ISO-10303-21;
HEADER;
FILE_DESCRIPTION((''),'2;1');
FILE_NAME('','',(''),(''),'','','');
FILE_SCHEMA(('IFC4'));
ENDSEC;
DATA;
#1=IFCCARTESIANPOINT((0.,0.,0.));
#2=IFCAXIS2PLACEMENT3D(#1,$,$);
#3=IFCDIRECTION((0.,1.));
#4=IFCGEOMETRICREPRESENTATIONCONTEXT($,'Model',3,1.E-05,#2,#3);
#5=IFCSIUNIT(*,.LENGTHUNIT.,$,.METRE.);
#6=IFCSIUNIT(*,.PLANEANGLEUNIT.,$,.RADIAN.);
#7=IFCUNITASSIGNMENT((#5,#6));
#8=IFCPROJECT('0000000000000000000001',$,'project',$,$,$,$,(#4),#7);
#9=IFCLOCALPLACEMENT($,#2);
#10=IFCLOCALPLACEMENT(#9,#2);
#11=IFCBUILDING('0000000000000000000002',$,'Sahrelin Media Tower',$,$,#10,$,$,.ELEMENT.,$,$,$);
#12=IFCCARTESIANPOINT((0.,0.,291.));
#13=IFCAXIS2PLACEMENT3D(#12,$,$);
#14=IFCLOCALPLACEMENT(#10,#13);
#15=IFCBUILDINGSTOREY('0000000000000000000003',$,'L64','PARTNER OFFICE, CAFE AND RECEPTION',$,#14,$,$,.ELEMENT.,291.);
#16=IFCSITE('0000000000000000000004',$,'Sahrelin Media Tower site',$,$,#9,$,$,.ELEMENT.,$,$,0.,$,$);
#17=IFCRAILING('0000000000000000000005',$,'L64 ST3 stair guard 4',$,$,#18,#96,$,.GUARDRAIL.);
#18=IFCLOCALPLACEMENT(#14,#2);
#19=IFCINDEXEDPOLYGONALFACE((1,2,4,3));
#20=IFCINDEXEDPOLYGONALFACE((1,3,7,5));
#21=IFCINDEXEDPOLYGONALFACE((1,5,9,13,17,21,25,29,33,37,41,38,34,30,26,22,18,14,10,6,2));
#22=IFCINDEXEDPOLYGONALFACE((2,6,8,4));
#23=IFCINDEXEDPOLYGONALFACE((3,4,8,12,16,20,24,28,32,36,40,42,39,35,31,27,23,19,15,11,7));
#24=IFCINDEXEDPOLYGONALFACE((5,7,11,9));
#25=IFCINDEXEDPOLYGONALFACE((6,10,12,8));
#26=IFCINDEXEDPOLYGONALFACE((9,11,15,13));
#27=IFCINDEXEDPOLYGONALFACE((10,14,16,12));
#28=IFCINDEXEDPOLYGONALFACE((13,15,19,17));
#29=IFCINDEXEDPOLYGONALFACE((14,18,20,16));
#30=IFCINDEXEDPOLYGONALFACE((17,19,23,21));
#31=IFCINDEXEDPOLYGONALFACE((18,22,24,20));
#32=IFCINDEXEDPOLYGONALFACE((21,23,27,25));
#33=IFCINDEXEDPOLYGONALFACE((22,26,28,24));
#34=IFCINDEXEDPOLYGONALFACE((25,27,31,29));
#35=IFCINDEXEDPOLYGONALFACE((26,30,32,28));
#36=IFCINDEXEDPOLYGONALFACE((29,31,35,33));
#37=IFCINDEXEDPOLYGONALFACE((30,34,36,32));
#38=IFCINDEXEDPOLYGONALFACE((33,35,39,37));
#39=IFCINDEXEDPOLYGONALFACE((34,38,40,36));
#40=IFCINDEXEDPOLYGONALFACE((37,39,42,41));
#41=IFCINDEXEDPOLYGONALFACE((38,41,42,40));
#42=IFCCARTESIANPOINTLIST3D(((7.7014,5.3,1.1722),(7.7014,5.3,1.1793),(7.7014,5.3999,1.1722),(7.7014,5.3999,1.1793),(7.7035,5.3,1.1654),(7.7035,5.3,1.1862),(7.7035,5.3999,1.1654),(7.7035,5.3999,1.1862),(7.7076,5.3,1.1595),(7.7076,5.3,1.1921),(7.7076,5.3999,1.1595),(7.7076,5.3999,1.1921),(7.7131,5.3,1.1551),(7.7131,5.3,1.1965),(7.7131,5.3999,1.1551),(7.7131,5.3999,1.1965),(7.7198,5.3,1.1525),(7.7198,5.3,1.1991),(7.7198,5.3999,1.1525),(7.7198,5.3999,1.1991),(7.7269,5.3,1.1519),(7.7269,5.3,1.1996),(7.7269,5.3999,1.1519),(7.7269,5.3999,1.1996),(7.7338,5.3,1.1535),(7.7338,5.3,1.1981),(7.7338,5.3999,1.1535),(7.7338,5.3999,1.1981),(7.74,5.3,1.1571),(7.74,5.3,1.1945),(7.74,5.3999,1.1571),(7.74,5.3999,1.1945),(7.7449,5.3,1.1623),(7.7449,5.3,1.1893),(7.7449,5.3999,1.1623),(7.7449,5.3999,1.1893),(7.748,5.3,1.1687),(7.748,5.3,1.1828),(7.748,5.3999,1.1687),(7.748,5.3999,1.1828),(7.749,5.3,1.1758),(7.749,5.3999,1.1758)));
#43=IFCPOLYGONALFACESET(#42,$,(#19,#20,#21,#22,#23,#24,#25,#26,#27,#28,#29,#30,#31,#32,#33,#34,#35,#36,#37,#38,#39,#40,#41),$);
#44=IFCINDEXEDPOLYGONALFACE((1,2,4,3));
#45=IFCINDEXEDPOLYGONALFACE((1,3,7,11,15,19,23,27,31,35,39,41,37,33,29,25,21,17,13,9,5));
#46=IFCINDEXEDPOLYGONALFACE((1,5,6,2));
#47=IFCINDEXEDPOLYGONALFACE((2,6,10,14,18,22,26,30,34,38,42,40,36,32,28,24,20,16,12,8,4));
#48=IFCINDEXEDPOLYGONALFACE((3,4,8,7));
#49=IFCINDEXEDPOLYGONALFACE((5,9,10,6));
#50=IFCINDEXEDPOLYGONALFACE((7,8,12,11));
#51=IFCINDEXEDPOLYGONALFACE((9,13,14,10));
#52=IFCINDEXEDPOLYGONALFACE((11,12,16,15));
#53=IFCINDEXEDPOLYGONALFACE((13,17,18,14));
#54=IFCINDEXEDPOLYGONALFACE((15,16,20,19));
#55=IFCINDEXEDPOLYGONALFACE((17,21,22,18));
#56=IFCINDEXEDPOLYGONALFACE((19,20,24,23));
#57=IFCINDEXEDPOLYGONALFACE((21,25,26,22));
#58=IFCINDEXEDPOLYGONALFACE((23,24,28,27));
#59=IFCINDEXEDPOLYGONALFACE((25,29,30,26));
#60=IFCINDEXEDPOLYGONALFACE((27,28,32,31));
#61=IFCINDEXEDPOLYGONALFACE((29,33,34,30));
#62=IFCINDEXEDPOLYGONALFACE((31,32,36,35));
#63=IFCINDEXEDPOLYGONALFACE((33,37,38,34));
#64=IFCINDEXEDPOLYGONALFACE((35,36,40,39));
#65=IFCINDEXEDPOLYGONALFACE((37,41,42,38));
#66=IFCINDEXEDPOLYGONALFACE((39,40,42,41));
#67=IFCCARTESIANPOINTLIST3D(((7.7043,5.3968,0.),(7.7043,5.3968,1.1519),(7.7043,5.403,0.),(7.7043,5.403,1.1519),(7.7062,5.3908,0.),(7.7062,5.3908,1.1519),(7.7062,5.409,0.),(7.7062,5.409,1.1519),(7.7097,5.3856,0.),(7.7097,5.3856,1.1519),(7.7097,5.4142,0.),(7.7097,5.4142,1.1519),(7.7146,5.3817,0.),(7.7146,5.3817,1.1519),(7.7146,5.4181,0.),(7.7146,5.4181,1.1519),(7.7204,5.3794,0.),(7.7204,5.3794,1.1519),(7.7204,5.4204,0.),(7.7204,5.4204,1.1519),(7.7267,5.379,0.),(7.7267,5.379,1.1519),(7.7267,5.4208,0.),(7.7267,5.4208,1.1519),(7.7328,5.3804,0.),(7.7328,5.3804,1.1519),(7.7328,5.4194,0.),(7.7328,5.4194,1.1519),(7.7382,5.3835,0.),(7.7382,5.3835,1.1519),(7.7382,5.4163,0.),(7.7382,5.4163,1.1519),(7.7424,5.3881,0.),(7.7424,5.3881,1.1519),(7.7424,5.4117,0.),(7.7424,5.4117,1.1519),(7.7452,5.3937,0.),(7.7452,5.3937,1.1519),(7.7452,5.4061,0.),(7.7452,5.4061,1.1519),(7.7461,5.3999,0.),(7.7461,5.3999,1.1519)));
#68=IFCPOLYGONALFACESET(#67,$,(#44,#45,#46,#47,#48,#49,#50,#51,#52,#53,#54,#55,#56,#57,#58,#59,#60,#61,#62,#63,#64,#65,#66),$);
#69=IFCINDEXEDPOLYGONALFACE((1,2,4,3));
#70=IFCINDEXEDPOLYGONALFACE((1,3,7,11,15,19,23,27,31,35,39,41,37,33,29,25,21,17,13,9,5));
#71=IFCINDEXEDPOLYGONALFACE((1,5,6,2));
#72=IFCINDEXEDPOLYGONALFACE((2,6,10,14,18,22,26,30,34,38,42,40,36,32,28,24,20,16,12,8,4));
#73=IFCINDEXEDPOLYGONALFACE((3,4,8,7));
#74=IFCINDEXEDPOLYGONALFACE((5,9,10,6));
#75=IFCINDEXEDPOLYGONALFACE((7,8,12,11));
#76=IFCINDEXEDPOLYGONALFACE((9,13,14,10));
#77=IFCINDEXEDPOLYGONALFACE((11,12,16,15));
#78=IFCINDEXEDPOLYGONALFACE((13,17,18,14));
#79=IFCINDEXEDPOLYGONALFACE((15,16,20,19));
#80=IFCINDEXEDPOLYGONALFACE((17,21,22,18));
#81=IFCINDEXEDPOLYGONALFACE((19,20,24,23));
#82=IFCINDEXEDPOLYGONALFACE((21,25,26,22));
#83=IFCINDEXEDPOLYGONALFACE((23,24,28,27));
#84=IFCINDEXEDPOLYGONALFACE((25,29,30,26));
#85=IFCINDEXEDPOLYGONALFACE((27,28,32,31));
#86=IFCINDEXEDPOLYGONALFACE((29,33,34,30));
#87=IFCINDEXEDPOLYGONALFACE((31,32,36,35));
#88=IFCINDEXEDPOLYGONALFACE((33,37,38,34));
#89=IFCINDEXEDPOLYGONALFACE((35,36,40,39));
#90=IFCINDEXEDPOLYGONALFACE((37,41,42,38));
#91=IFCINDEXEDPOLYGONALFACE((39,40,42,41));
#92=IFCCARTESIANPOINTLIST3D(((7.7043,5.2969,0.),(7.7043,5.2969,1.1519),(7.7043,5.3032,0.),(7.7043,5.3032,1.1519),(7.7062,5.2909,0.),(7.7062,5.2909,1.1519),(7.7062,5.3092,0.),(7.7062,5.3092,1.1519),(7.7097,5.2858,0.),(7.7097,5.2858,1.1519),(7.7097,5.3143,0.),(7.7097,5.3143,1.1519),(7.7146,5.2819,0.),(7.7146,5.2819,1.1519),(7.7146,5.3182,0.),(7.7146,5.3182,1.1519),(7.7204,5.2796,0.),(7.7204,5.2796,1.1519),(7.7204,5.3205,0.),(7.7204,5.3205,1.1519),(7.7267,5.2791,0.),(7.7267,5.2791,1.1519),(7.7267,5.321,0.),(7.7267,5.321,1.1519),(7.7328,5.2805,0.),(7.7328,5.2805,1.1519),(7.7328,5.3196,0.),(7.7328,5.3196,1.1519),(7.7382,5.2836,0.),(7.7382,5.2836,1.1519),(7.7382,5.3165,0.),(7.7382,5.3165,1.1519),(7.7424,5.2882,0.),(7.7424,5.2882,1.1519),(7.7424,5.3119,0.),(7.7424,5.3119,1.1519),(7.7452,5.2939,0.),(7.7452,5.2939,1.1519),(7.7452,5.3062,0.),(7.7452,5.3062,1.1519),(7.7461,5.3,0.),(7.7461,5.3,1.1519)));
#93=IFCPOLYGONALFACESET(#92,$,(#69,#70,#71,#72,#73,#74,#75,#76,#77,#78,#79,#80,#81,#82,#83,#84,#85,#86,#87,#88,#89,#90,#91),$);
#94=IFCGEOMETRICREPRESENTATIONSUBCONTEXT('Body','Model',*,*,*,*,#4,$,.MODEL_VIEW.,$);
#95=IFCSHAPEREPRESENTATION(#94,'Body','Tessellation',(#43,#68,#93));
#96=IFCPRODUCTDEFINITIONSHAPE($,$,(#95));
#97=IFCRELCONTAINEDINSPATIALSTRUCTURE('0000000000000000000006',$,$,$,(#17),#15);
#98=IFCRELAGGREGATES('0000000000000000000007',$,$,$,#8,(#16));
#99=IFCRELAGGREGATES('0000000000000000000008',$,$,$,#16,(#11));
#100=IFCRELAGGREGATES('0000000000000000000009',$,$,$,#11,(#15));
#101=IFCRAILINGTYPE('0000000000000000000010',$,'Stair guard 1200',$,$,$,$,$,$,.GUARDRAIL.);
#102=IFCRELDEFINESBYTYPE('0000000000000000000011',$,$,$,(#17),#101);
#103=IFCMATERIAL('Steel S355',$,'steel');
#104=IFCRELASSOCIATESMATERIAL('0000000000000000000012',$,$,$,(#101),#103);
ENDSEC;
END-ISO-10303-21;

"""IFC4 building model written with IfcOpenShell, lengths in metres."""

from ifc_helpers import new_model, si_unit, direction, frame, origin, origin_2d, place, context, subcontext, project, spatial, circle, extrude, material, type_object, element, save


model = new_model("IFC4")

# Units and contexts
model_context = context("Model", 3, precision=1e-05, world=origin(), true_north=direction((0.0, 1.0)))
body_context = subcontext(model_context, "Body", "Model", "MODEL_VIEW")
ifc_project = project(units=[si_unit("LENGTHUNIT", "METRE"), si_unit("PLANEANGLEUNIT", "RADIAN")], contexts=[model_context])

# Site, building, storey
site_placement = place(None, origin())
site = spatial("IfcSite", under=ifc_project, at=site_placement, Name="Sahrelin Media Tower site", CompositionType="ELEMENT", RefElevation=0.0)
building_placement = place(site_placement, origin())
building = spatial("IfcBuilding", under=site, at=building_placement, Name="Sahrelin Media Tower", CompositionType="ELEMENT")
storey_placement = place(building_placement, frame((0.0, 0.0, 291.0)))
storey = spatial("IfcBuildingStorey", under=building, at=storey_placement, Name="L64", Description="PARTNER OFFICE, CAFE AND RECEPTION", CompositionType="ELEMENT", Elevation=291.0)

# Shared definitions
ifc_material_1 = material(Name="Steel S355", Category="steel")

# Railing
railing_type_1 = type_object("IfcRailingType", Name="Stair guard 1200", PredefinedType="GUARDRAIL", material=ifc_material_1)
railing_1_placement = place(storey_placement, frame((7.7251, 5.3999, 0.0)))
element("IfcRailing", 1, at=railing_1_placement, inside=storey, type_object=railing_type_1, Name="L64 ST3 stair guard 4", PredefinedType="GUARDRAIL", context=body_context, shape_type="SweptSolid", body=[
    extrude(circle(Radius=0.0239, at=origin_2d()), frame((0.0, 0.0, 1.1758), z_axis=(0.0, -1.0, 0.0), x_axis=(1.0, 0.0, 0.0)), (0.0, 0.0, 1.0), 0.0999),
    extrude(circle(Radius=0.021, at=origin_2d()), origin(), (0.0, 0.0, 1.0), 1.1519),
    extrude(circle(Radius=0.021, at=origin_2d()), frame((0.0, -0.0999, 0.0)), (0.0, 0.0, 1.0), 1.1519),
])

save(model, "model.ifc")
